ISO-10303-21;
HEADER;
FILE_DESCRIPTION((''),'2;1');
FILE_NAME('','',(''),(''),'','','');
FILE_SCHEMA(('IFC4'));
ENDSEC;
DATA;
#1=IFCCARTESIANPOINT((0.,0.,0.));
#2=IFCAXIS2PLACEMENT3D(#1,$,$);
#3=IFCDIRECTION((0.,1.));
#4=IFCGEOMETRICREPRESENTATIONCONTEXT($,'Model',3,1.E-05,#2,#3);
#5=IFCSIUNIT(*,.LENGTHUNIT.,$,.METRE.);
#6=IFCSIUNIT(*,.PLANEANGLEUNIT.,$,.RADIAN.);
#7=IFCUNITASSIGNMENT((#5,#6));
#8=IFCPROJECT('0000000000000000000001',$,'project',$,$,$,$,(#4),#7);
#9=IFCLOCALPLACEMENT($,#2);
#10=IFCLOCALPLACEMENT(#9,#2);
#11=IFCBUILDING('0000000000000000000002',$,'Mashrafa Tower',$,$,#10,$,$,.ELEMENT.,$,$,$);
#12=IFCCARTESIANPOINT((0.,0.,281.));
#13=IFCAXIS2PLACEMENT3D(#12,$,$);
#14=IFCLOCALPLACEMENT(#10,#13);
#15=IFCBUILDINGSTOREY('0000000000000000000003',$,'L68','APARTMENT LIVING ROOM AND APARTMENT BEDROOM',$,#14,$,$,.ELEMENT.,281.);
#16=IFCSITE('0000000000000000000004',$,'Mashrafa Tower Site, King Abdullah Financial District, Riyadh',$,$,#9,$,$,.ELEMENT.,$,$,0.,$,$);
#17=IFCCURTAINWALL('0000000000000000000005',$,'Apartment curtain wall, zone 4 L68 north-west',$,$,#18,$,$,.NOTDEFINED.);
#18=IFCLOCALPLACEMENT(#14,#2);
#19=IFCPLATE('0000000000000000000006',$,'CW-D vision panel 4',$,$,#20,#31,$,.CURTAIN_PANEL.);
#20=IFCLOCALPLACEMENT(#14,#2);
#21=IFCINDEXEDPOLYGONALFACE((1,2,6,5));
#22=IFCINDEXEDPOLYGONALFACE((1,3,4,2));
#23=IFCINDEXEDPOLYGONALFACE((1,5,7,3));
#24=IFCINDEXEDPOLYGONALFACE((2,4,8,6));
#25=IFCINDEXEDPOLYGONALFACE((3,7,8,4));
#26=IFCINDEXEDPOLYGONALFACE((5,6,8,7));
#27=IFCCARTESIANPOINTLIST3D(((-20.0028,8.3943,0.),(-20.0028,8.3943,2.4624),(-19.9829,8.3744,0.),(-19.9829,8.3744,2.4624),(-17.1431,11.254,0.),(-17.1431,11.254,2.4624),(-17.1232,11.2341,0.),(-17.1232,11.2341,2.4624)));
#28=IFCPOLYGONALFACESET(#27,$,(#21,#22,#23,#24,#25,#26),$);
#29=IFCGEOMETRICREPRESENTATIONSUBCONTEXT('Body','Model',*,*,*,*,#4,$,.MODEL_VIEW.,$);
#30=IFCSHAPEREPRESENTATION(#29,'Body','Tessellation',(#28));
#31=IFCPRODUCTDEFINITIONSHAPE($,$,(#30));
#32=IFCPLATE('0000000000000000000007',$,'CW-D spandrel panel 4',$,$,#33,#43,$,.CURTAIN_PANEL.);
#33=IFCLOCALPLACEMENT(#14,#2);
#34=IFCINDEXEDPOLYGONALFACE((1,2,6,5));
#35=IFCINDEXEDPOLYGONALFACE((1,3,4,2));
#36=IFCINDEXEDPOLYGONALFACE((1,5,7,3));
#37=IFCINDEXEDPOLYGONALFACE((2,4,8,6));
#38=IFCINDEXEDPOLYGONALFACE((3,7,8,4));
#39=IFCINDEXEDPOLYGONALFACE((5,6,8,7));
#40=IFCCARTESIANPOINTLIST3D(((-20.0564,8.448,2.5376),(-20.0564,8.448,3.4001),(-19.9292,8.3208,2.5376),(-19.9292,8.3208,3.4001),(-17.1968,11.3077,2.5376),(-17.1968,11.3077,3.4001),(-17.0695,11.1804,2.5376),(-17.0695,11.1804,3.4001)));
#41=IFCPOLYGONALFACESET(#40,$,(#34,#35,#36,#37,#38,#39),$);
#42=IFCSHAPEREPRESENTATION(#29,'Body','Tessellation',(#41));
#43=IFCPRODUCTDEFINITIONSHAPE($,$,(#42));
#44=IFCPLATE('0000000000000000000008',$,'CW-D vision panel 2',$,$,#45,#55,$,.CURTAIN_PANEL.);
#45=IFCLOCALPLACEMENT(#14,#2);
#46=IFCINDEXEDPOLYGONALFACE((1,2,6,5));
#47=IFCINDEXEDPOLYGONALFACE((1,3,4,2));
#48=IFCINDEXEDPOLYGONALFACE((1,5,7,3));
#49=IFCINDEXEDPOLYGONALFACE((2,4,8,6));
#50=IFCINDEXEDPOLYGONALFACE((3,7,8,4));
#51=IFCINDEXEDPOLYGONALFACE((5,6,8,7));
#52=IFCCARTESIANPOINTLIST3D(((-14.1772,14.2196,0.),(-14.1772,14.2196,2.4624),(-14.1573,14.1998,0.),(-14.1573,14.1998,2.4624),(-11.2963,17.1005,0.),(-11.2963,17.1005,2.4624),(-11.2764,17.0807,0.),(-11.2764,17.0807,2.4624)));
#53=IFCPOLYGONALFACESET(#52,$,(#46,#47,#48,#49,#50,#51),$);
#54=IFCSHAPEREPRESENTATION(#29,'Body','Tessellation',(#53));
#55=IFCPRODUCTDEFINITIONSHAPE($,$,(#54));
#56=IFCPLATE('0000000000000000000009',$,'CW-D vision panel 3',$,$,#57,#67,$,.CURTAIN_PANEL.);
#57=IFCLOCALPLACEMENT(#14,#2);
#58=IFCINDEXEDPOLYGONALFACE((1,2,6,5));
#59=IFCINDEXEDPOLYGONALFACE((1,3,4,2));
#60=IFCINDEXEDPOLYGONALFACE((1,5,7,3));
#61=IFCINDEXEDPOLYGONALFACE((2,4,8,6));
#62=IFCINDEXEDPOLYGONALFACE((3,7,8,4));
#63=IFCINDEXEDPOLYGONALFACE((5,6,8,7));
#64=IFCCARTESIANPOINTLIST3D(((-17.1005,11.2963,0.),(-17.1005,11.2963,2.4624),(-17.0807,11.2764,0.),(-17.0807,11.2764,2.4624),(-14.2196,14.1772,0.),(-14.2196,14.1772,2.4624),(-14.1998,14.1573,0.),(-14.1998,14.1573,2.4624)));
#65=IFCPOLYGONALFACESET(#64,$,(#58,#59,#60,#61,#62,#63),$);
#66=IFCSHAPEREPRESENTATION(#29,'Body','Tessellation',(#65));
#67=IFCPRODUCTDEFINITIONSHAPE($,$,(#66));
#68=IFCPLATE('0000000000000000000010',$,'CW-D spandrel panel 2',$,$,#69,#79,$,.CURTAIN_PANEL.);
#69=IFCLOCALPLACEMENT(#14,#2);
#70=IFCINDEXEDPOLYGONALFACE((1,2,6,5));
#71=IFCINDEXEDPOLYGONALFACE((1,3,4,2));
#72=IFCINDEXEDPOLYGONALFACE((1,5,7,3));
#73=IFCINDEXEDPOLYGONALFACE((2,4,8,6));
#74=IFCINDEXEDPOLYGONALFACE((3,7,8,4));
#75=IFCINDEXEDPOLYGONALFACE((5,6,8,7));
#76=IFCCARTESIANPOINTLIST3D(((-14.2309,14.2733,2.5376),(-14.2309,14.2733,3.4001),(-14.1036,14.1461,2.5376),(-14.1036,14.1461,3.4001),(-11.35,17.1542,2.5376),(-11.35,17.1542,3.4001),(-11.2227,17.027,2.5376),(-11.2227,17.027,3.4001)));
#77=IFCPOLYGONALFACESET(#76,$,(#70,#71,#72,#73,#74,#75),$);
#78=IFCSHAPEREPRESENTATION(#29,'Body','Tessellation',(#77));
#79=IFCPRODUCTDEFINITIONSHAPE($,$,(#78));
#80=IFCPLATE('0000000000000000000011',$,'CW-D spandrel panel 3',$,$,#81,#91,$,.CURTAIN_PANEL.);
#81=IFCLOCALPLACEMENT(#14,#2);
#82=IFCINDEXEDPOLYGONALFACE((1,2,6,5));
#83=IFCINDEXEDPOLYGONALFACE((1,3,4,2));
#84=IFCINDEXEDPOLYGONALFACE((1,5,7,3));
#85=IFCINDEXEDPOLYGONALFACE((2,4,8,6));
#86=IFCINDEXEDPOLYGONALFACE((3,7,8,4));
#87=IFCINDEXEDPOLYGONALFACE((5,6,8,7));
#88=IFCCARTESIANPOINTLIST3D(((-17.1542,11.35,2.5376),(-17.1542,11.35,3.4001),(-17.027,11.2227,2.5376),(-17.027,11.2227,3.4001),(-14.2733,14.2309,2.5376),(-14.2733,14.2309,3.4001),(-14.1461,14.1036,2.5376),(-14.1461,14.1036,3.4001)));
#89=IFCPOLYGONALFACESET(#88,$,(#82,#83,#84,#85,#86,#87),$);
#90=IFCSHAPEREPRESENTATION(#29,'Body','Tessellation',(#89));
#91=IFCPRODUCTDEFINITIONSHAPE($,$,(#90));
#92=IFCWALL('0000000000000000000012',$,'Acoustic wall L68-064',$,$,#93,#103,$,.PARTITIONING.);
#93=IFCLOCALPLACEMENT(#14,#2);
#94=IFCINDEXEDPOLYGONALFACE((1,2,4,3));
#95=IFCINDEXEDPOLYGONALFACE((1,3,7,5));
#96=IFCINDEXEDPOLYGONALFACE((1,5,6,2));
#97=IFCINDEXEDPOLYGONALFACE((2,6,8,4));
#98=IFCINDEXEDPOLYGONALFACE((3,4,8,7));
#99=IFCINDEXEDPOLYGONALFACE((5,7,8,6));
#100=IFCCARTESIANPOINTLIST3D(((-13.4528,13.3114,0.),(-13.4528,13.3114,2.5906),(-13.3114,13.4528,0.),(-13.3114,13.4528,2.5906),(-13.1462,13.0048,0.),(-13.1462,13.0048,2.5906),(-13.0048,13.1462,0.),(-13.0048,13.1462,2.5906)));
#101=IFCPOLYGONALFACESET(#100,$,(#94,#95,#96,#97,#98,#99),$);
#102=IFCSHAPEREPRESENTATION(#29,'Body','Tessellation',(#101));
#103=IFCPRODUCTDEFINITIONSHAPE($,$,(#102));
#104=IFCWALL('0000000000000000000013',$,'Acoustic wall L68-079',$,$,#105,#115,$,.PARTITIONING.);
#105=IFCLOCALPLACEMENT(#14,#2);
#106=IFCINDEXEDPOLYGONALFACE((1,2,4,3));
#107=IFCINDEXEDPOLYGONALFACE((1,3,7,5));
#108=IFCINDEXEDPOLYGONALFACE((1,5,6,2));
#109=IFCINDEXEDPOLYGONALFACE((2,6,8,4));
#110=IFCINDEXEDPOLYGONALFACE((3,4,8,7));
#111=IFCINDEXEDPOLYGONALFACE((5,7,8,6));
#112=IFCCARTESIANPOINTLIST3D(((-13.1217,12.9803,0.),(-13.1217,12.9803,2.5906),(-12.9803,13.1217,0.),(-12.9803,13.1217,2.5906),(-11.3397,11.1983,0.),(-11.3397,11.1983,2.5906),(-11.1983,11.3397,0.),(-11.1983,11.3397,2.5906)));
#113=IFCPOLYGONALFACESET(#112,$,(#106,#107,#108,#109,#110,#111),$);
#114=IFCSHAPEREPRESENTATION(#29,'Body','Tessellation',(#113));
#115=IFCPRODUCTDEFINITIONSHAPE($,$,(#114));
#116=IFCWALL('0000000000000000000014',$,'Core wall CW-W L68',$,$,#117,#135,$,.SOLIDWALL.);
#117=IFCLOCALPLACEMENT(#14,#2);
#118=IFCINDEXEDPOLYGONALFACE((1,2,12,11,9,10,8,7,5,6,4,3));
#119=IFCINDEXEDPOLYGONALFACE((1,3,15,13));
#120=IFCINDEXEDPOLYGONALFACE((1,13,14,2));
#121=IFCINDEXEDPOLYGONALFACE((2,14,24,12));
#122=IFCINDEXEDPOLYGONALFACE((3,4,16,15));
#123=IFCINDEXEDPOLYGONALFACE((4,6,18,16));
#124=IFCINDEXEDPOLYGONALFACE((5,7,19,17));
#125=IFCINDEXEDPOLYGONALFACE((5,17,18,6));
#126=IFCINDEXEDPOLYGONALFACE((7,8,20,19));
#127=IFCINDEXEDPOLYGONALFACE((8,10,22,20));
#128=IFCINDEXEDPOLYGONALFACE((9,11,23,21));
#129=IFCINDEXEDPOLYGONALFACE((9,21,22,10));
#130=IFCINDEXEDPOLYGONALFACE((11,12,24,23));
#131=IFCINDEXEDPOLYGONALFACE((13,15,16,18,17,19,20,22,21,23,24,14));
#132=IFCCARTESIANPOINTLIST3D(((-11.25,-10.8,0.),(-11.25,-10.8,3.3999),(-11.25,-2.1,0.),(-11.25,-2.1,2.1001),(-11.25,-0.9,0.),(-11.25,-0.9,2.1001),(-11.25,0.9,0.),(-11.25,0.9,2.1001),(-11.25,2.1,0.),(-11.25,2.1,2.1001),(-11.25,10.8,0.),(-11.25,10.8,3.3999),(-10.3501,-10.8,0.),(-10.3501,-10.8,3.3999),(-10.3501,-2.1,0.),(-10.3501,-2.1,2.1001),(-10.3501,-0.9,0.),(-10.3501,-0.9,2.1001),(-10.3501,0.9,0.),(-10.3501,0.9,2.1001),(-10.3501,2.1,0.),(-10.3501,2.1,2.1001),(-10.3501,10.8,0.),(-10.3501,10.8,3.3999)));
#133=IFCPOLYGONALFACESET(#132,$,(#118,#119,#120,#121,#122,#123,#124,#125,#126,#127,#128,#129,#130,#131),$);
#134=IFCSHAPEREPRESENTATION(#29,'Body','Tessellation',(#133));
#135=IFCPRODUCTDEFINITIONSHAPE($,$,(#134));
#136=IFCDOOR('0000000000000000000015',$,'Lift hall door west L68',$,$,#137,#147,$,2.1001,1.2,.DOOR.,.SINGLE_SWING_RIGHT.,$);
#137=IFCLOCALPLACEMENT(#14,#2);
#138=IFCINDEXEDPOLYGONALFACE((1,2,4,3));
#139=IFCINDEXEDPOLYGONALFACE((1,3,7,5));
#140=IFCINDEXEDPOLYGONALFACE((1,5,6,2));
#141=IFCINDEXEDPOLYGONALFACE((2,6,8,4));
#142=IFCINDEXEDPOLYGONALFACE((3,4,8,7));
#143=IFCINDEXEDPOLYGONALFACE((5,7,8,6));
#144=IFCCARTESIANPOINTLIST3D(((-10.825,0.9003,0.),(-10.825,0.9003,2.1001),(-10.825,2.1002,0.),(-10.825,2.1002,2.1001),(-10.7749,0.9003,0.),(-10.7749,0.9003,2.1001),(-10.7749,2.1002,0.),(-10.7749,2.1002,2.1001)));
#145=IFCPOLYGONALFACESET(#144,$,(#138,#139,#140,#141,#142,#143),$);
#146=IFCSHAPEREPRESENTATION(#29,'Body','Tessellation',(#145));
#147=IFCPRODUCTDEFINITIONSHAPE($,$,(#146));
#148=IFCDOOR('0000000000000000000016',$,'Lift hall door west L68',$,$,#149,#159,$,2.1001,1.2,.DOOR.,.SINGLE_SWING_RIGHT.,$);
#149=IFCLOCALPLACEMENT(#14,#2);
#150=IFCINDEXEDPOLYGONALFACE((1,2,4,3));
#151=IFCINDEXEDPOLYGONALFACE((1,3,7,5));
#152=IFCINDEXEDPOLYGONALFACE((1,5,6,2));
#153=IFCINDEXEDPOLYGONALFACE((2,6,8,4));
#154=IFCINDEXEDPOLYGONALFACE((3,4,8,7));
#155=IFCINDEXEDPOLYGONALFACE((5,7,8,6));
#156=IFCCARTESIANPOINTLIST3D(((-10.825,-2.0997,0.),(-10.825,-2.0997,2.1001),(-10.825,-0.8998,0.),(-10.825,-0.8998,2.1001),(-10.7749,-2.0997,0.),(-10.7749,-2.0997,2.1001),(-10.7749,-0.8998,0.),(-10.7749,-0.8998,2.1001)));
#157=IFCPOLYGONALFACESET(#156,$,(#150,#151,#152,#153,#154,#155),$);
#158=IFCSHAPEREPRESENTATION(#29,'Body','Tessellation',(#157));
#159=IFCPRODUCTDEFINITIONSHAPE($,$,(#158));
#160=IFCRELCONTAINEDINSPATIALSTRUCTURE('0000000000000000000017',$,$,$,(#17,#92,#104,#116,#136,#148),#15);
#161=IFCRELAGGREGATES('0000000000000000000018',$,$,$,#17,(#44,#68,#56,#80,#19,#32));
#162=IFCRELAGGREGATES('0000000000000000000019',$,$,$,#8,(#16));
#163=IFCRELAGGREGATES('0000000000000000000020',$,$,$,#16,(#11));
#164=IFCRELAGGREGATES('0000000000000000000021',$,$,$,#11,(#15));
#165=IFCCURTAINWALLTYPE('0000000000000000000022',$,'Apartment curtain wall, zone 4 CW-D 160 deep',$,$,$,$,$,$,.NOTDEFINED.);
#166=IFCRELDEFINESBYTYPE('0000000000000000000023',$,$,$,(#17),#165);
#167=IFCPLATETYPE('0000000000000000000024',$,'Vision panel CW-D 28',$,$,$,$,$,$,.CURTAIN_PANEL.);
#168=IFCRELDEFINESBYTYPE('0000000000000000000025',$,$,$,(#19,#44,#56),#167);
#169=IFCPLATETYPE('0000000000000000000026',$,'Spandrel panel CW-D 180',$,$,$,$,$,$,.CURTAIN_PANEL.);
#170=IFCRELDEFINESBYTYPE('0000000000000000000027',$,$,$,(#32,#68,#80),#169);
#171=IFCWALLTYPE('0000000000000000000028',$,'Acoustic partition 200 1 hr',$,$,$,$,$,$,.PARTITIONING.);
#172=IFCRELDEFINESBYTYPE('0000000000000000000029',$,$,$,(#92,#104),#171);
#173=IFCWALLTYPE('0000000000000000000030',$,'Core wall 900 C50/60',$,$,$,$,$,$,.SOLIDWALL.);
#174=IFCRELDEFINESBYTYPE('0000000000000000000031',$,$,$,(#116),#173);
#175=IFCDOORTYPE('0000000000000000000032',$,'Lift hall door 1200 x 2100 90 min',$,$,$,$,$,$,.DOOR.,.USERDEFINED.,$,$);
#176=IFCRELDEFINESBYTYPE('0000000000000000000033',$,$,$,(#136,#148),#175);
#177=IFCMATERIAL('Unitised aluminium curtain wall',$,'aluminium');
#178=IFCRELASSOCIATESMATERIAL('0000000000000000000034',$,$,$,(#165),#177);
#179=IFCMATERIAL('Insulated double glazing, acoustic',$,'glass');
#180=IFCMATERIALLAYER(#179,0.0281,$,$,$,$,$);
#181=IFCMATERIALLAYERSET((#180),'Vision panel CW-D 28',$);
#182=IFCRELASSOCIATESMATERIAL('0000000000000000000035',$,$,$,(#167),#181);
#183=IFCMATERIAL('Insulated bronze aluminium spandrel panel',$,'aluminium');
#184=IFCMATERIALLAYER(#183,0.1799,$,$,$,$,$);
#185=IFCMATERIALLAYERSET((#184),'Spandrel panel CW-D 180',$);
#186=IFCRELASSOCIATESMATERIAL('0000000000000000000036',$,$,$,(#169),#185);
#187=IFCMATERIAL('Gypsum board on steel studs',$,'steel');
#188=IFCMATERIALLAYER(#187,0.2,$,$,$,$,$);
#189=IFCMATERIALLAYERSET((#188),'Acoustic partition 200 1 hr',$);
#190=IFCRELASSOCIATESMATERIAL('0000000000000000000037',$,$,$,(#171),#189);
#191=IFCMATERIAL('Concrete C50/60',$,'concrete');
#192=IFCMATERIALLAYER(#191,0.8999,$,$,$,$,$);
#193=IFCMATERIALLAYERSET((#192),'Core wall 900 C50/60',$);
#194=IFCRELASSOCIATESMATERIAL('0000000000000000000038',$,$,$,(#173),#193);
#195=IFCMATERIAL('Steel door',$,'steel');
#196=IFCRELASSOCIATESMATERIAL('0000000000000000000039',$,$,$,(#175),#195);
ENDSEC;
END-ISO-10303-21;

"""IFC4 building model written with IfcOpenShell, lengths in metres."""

from ifc_helpers import new_model, si_unit, direction, frame, frame_2d, origin, origin_2d, place, context, subcontext, project, spatial, rectangle, extrude, source, transform, mapped, material, layer, layer_set, type_object, type_shapes, element, fill, aggregate, save


model = new_model("IFC4")

# Units and contexts
model_context = context("Model", 3, precision=1e-05, world=origin(), true_north=direction((0.0, 1.0)))
body_context = subcontext(model_context, "Body", "Model", "MODEL_VIEW")
ifc_project = project(units=[si_unit("LENGTHUNIT", "METRE"), si_unit("PLANEANGLEUNIT", "RADIAN")], contexts=[model_context])

# Site, building, storey
site_placement = place(None, origin())
site = spatial("IfcSite", under=ifc_project, at=site_placement, Name="Mashrafa Tower Site, King Abdullah Financial District, Riyadh", CompositionType="ELEMENT", RefElevation=0.0)
building_placement = place(site_placement, origin())
building = spatial("IfcBuilding", under=site, at=building_placement, Name="Mashrafa Tower", CompositionType="ELEMENT")
storey_placement = place(building_placement, frame((0.0, 0.0, 281.0)))
storey = spatial("IfcBuildingStorey", under=building, at=storey_placement, Name="L68", Description="APARTMENT LIVING ROOM AND APARTMENT BEDROOM", CompositionType="ELEMENT", Elevation=281.0)

# Curtain wall, plates
ifc_material_1 = material(Name="Unitised aluminium curtain wall", Category="aluminium")
curtain_wall_type = type_object("IfcCurtainWallType", Name="Apartment curtain wall, zone 4 CW-D 160 deep", PredefinedType="NOTDEFINED", material=ifc_material_1)
curtain_wall_placement = place(storey_placement, origin())
curtain_wall = element("IfcCurtainWall", 1, at=curtain_wall_placement, inside=storey, type_object=curtain_wall_type, Name="Apartment curtain wall, zone 4 L68 north-west", PredefinedType="NOTDEFINED")
ifc_material_2 = material(Name="Insulated double glazing, acoustic", Category="glass")
ifc_layer_1 = layer(ifc_material_2, 0.0281)
ifc_layer_set_1 = layer_set([ifc_layer_1], Name="Vision panel CW-D 28")
plate_type_1 = type_object("IfcPlateType", Name="Vision panel CW-D 28", PredefinedType="CURTAIN_PANEL", material=ifc_layer_set_1)
shared_shape_1 = source(origin(), body_context, "Body", "SweptSolid", [
    extrude(rectangle(XDim=4.0442, YDim=0.0281, at=origin_2d()), origin(), (0.0, 0.0, 1.0), 2.4624),
])
plate_1_placement = place(storey_placement, frame((-18.563, 9.8142, 0.0), z_axis=(0.0, 0.0, 1.0), x_axis=(-0.707107, -0.707107, 0.0)))
plate_1 = element("IfcPlate", 2, at=plate_1_placement, type_object=plate_type_1, Name="CW-D vision panel 4", PredefinedType="CURTAIN_PANEL", context=body_context, shape_type="MappedRepresentation", body=[
    mapped(shared_shape_1, transform((0.0, 0.0, 0.0))),
])
ifc_material_3 = material(Name="Insulated bronze aluminium spandrel panel", Category="aluminium")
ifc_layer_2 = layer(ifc_material_3, 0.1799)
ifc_layer_set_2 = layer_set([ifc_layer_2], Name="Spandrel panel CW-D 180")
plate_type_2 = type_object("IfcPlateType", Name="Spandrel panel CW-D 180", PredefinedType="CURTAIN_PANEL", material=ifc_layer_set_2)
shared_shape_2 = source(origin(), body_context, "Body", "SweptSolid", [
    extrude(rectangle(XDim=4.0442, YDim=0.1799, at=origin_2d()), origin(), (0.0, 0.0, 1.0), 0.8625),
])
plate_2_placement = place(storey_placement, frame((-18.563, 9.8142, 2.5376), z_axis=(0.0, 0.0, 1.0), x_axis=(-0.707107, -0.707107, 0.0)))
plate_2 = element("IfcPlate", 3, at=plate_2_placement, type_object=plate_type_2, Name="CW-D spandrel panel 4", PredefinedType="CURTAIN_PANEL", context=body_context, shape_type="MappedRepresentation", body=[
    mapped(shared_shape_2, transform((0.0, 0.0, 0.0))),
])
shared_shape_3 = source(origin(), body_context, "Body", "SweptSolid", [
    extrude(rectangle(XDim=4.0742, YDim=0.0281, at=origin_2d()), origin(), (0.0, 0.0, 1.0), 2.4624),
])
type_shapes(plate_type_1, [shared_shape_1, shared_shape_3])
plate_3_placement = place(storey_placement, frame((-12.7268, 15.6501, 0.0), z_axis=(0.0, 0.0, 1.0), x_axis=(-0.707107, -0.707107, 0.0)))
plate_3 = element("IfcPlate", 4, at=plate_3_placement, type_object=plate_type_1, Name="CW-D vision panel 2", PredefinedType="CURTAIN_PANEL", context=body_context, shape_type="MappedRepresentation", body=[
    mapped(shared_shape_3, transform((0.0, 0.0, 0.0))),
])
plate_4_placement = place(storey_placement, frame((-15.6501, 12.7268, 0.0), z_axis=(0.0, 0.0, 1.0), x_axis=(-0.707107, -0.707107, 0.0)))
plate_4 = element("IfcPlate", 5, at=plate_4_placement, type_object=plate_type_1, Name="CW-D vision panel 3", PredefinedType="CURTAIN_PANEL", context=body_context, shape_type="MappedRepresentation", body=[
    mapped(shared_shape_3, transform((0.0, 0.0, 0.0))),
])
shared_shape_4 = source(origin(), body_context, "Body", "SweptSolid", [
    extrude(rectangle(XDim=4.0742, YDim=0.1799, at=origin_2d()), origin(), (0.0, 0.0, 1.0), 0.8625),
])
type_shapes(plate_type_2, [shared_shape_2, shared_shape_4])
plate_5_placement = place(storey_placement, frame((-12.7268, 15.6501, 2.5376), z_axis=(0.0, 0.0, 1.0), x_axis=(-0.707107, -0.707107, 0.0)))
plate_5 = element("IfcPlate", 6, at=plate_5_placement, type_object=plate_type_2, Name="CW-D spandrel panel 2", PredefinedType="CURTAIN_PANEL", context=body_context, shape_type="MappedRepresentation", body=[
    mapped(shared_shape_4, transform((0.0, 0.0, 0.0))),
])
plate_6_placement = place(storey_placement, frame((-15.6501, 12.7268, 2.5376), z_axis=(0.0, 0.0, 1.0), x_axis=(-0.707107, -0.707107, 0.0)))
plate_6 = element("IfcPlate", 7, at=plate_6_placement, type_object=plate_type_2, Name="CW-D spandrel panel 3", PredefinedType="CURTAIN_PANEL", context=body_context, shape_type="MappedRepresentation", body=[
    mapped(shared_shape_4, transform((0.0, 0.0, 0.0))),
])
aggregate(curtain_wall, [plate_3, plate_5, plate_4, plate_6, plate_1, plate_2])

# Walls
ifc_material_4 = material(Name="Gypsum board on steel studs", Category="steel")
ifc_layer_3 = layer(ifc_material_4, 0.2)
ifc_layer_set_3 = layer_set([ifc_layer_3], Name="Acoustic partition 200 1 hr")
wall_type_1 = type_object("IfcWallType", Name="Acoustic partition 200 1 hr", PredefinedType="PARTITIONING", material=ifc_layer_set_3)
wall_1_placement = place(storey_placement, frame((-13.3821, 13.3821, 0.0), z_axis=(0.0, 0.0, 1.0), x_axis=(0.707107, -0.707107, 0.0)))
element("IfcWall", 8, at=wall_1_placement, inside=storey, type_object=wall_type_1, Name="Acoustic wall L68-064", PredefinedType="PARTITIONING", context=body_context, shape_type="SweptSolid", body=[
    extrude(rectangle(XDim=0.4336, YDim=0.2, at=frame_2d((0.2168, 0.0))), origin(), (0.0, 0.0, 1.0), 2.5906),
])
wall_2_placement = place(storey_placement, frame((-11.269, 11.269, 0.0), z_axis=(0.0, 0.0, 1.0), x_axis=(-0.707107, 0.707107, 0.0)))
element("IfcWall", 9, at=wall_2_placement, inside=storey, type_object=wall_type_1, Name="Acoustic wall L68-079", PredefinedType="PARTITIONING", context=body_context, shape_type="SweptSolid", body=[
    extrude(rectangle(XDim=2.52, YDim=0.2, at=frame_2d((1.26, 0.0))), origin(), (0.0, 0.0, 1.0), 2.5906),
])

# Wall, openings, doors
ifc_material_5 = material(Name="Concrete C50/60", Category="concrete")
ifc_layer_4 = layer(ifc_material_5, 0.8999)
ifc_layer_set_4 = layer_set([ifc_layer_4], Name="Core wall 900 C50/60")
wall_type_2 = type_object("IfcWallType", Name="Core wall 900 C50/60", PredefinedType="SOLIDWALL", material=ifc_layer_set_4)
wall_3_placement = place(storey_placement, frame((-10.8, 10.8, 0.0), z_axis=(0.0, 0.0, 1.0), x_axis=(0.0, -1.0, 0.0)))
wall_3 = element("IfcWall", 10, at=wall_3_placement, inside=storey, type_object=wall_type_2, Name="Core wall CW-W L68", PredefinedType="SOLIDWALL", context=body_context, shape_type="SweptSolid", body=[
    extrude(rectangle(XDim=21.6001, YDim=0.8999, at=frame_2d((10.8, 0.0))), origin(), (0.0, 0.0, 1.0), 3.3999),
])
opening_1_placement = place(wall_3_placement, frame((8.7, 0.0, 0.0)))
opening_1 = element("IfcOpeningElement", 11, at=opening_1_placement, cuts=wall_3, PredefinedType="OPENING", context=body_context, shape_type="SweptSolid", body=[
    extrude(rectangle(XDim=1.2, YDim=2.1001, at=frame_2d((0.6001, 1.05))), frame((0.0, 0.46, 0.0), z_axis=(0.0, -1.0, 0.0), x_axis=(1.0, 0.0, 0.0)), (0.0, 0.0, 1.0), 0.9199),
])
opening_2_placement = place(wall_3_placement, frame((11.7, 0.0, 0.0)))
opening_2 = element("IfcOpeningElement", 12, at=opening_2_placement, cuts=wall_3, PredefinedType="OPENING", context=body_context, shape_type="SweptSolid", body=[
    extrude(rectangle(XDim=1.2, YDim=2.1001, at=frame_2d((0.6001, 1.05))), frame((0.0, 0.46, 0.0), z_axis=(0.0, -1.0, 0.0), x_axis=(1.0, 0.0, 0.0)), (0.0, 0.0, 1.0), 0.9199),
])
ifc_material_6 = material(Name="Steel door", Category="steel")
door_type_1 = type_object("IfcDoorType", Name="Lift hall door 1200 x 2100 90 min", OperationType="USERDEFINED", PredefinedType="DOOR", material=ifc_material_6)
door_1_placement = place(opening_1_placement, frame((1.2, 0.0, 0.0), z_axis=(0.0, 0.0, 1.0), x_axis=(-1.0, 0.0, 0.0)))
door_1 = element("IfcDoor", 13, at=door_1_placement, inside=storey, type_object=door_type_1, Name="Lift hall door west L68", OperationType="SINGLE_SWING_RIGHT", OverallHeight=2.1001, OverallWidth=1.2, PredefinedType="DOOR", context=body_context, shape_type="SweptSolid", body=[
    extrude(rectangle(XDim=1.2, YDim=2.1001, at=frame_2d((0.6001, 1.05))), frame((0.0, 0.0249, 0.0), z_axis=(0.0, -1.0, 0.0), x_axis=(1.0, 0.0, 0.0)), (0.0, 0.0, 1.0), 0.05),
])
fill(opening_1, door_1)
door_2_placement = place(opening_2_placement, frame((1.2, 0.0, 0.0), z_axis=(0.0, 0.0, 1.0), x_axis=(-1.0, 0.0, 0.0)))
door_2 = element("IfcDoor", 14, at=door_2_placement, inside=storey, type_object=door_type_1, Name="Lift hall door west L68", OperationType="SINGLE_SWING_RIGHT", OverallHeight=2.1001, OverallWidth=1.2, PredefinedType="DOOR", context=body_context, shape_type="SweptSolid", body=[
    extrude(rectangle(XDim=1.2, YDim=2.1001, at=frame_2d((0.6001, 1.05))), frame((0.0, 0.0249, 0.0), z_axis=(0.0, -1.0, 0.0), x_axis=(1.0, 0.0, 0.0)), (0.0, 0.0, 1.0), 0.05),
])
fill(opening_2, door_2)

save(model, "model.ifc")
